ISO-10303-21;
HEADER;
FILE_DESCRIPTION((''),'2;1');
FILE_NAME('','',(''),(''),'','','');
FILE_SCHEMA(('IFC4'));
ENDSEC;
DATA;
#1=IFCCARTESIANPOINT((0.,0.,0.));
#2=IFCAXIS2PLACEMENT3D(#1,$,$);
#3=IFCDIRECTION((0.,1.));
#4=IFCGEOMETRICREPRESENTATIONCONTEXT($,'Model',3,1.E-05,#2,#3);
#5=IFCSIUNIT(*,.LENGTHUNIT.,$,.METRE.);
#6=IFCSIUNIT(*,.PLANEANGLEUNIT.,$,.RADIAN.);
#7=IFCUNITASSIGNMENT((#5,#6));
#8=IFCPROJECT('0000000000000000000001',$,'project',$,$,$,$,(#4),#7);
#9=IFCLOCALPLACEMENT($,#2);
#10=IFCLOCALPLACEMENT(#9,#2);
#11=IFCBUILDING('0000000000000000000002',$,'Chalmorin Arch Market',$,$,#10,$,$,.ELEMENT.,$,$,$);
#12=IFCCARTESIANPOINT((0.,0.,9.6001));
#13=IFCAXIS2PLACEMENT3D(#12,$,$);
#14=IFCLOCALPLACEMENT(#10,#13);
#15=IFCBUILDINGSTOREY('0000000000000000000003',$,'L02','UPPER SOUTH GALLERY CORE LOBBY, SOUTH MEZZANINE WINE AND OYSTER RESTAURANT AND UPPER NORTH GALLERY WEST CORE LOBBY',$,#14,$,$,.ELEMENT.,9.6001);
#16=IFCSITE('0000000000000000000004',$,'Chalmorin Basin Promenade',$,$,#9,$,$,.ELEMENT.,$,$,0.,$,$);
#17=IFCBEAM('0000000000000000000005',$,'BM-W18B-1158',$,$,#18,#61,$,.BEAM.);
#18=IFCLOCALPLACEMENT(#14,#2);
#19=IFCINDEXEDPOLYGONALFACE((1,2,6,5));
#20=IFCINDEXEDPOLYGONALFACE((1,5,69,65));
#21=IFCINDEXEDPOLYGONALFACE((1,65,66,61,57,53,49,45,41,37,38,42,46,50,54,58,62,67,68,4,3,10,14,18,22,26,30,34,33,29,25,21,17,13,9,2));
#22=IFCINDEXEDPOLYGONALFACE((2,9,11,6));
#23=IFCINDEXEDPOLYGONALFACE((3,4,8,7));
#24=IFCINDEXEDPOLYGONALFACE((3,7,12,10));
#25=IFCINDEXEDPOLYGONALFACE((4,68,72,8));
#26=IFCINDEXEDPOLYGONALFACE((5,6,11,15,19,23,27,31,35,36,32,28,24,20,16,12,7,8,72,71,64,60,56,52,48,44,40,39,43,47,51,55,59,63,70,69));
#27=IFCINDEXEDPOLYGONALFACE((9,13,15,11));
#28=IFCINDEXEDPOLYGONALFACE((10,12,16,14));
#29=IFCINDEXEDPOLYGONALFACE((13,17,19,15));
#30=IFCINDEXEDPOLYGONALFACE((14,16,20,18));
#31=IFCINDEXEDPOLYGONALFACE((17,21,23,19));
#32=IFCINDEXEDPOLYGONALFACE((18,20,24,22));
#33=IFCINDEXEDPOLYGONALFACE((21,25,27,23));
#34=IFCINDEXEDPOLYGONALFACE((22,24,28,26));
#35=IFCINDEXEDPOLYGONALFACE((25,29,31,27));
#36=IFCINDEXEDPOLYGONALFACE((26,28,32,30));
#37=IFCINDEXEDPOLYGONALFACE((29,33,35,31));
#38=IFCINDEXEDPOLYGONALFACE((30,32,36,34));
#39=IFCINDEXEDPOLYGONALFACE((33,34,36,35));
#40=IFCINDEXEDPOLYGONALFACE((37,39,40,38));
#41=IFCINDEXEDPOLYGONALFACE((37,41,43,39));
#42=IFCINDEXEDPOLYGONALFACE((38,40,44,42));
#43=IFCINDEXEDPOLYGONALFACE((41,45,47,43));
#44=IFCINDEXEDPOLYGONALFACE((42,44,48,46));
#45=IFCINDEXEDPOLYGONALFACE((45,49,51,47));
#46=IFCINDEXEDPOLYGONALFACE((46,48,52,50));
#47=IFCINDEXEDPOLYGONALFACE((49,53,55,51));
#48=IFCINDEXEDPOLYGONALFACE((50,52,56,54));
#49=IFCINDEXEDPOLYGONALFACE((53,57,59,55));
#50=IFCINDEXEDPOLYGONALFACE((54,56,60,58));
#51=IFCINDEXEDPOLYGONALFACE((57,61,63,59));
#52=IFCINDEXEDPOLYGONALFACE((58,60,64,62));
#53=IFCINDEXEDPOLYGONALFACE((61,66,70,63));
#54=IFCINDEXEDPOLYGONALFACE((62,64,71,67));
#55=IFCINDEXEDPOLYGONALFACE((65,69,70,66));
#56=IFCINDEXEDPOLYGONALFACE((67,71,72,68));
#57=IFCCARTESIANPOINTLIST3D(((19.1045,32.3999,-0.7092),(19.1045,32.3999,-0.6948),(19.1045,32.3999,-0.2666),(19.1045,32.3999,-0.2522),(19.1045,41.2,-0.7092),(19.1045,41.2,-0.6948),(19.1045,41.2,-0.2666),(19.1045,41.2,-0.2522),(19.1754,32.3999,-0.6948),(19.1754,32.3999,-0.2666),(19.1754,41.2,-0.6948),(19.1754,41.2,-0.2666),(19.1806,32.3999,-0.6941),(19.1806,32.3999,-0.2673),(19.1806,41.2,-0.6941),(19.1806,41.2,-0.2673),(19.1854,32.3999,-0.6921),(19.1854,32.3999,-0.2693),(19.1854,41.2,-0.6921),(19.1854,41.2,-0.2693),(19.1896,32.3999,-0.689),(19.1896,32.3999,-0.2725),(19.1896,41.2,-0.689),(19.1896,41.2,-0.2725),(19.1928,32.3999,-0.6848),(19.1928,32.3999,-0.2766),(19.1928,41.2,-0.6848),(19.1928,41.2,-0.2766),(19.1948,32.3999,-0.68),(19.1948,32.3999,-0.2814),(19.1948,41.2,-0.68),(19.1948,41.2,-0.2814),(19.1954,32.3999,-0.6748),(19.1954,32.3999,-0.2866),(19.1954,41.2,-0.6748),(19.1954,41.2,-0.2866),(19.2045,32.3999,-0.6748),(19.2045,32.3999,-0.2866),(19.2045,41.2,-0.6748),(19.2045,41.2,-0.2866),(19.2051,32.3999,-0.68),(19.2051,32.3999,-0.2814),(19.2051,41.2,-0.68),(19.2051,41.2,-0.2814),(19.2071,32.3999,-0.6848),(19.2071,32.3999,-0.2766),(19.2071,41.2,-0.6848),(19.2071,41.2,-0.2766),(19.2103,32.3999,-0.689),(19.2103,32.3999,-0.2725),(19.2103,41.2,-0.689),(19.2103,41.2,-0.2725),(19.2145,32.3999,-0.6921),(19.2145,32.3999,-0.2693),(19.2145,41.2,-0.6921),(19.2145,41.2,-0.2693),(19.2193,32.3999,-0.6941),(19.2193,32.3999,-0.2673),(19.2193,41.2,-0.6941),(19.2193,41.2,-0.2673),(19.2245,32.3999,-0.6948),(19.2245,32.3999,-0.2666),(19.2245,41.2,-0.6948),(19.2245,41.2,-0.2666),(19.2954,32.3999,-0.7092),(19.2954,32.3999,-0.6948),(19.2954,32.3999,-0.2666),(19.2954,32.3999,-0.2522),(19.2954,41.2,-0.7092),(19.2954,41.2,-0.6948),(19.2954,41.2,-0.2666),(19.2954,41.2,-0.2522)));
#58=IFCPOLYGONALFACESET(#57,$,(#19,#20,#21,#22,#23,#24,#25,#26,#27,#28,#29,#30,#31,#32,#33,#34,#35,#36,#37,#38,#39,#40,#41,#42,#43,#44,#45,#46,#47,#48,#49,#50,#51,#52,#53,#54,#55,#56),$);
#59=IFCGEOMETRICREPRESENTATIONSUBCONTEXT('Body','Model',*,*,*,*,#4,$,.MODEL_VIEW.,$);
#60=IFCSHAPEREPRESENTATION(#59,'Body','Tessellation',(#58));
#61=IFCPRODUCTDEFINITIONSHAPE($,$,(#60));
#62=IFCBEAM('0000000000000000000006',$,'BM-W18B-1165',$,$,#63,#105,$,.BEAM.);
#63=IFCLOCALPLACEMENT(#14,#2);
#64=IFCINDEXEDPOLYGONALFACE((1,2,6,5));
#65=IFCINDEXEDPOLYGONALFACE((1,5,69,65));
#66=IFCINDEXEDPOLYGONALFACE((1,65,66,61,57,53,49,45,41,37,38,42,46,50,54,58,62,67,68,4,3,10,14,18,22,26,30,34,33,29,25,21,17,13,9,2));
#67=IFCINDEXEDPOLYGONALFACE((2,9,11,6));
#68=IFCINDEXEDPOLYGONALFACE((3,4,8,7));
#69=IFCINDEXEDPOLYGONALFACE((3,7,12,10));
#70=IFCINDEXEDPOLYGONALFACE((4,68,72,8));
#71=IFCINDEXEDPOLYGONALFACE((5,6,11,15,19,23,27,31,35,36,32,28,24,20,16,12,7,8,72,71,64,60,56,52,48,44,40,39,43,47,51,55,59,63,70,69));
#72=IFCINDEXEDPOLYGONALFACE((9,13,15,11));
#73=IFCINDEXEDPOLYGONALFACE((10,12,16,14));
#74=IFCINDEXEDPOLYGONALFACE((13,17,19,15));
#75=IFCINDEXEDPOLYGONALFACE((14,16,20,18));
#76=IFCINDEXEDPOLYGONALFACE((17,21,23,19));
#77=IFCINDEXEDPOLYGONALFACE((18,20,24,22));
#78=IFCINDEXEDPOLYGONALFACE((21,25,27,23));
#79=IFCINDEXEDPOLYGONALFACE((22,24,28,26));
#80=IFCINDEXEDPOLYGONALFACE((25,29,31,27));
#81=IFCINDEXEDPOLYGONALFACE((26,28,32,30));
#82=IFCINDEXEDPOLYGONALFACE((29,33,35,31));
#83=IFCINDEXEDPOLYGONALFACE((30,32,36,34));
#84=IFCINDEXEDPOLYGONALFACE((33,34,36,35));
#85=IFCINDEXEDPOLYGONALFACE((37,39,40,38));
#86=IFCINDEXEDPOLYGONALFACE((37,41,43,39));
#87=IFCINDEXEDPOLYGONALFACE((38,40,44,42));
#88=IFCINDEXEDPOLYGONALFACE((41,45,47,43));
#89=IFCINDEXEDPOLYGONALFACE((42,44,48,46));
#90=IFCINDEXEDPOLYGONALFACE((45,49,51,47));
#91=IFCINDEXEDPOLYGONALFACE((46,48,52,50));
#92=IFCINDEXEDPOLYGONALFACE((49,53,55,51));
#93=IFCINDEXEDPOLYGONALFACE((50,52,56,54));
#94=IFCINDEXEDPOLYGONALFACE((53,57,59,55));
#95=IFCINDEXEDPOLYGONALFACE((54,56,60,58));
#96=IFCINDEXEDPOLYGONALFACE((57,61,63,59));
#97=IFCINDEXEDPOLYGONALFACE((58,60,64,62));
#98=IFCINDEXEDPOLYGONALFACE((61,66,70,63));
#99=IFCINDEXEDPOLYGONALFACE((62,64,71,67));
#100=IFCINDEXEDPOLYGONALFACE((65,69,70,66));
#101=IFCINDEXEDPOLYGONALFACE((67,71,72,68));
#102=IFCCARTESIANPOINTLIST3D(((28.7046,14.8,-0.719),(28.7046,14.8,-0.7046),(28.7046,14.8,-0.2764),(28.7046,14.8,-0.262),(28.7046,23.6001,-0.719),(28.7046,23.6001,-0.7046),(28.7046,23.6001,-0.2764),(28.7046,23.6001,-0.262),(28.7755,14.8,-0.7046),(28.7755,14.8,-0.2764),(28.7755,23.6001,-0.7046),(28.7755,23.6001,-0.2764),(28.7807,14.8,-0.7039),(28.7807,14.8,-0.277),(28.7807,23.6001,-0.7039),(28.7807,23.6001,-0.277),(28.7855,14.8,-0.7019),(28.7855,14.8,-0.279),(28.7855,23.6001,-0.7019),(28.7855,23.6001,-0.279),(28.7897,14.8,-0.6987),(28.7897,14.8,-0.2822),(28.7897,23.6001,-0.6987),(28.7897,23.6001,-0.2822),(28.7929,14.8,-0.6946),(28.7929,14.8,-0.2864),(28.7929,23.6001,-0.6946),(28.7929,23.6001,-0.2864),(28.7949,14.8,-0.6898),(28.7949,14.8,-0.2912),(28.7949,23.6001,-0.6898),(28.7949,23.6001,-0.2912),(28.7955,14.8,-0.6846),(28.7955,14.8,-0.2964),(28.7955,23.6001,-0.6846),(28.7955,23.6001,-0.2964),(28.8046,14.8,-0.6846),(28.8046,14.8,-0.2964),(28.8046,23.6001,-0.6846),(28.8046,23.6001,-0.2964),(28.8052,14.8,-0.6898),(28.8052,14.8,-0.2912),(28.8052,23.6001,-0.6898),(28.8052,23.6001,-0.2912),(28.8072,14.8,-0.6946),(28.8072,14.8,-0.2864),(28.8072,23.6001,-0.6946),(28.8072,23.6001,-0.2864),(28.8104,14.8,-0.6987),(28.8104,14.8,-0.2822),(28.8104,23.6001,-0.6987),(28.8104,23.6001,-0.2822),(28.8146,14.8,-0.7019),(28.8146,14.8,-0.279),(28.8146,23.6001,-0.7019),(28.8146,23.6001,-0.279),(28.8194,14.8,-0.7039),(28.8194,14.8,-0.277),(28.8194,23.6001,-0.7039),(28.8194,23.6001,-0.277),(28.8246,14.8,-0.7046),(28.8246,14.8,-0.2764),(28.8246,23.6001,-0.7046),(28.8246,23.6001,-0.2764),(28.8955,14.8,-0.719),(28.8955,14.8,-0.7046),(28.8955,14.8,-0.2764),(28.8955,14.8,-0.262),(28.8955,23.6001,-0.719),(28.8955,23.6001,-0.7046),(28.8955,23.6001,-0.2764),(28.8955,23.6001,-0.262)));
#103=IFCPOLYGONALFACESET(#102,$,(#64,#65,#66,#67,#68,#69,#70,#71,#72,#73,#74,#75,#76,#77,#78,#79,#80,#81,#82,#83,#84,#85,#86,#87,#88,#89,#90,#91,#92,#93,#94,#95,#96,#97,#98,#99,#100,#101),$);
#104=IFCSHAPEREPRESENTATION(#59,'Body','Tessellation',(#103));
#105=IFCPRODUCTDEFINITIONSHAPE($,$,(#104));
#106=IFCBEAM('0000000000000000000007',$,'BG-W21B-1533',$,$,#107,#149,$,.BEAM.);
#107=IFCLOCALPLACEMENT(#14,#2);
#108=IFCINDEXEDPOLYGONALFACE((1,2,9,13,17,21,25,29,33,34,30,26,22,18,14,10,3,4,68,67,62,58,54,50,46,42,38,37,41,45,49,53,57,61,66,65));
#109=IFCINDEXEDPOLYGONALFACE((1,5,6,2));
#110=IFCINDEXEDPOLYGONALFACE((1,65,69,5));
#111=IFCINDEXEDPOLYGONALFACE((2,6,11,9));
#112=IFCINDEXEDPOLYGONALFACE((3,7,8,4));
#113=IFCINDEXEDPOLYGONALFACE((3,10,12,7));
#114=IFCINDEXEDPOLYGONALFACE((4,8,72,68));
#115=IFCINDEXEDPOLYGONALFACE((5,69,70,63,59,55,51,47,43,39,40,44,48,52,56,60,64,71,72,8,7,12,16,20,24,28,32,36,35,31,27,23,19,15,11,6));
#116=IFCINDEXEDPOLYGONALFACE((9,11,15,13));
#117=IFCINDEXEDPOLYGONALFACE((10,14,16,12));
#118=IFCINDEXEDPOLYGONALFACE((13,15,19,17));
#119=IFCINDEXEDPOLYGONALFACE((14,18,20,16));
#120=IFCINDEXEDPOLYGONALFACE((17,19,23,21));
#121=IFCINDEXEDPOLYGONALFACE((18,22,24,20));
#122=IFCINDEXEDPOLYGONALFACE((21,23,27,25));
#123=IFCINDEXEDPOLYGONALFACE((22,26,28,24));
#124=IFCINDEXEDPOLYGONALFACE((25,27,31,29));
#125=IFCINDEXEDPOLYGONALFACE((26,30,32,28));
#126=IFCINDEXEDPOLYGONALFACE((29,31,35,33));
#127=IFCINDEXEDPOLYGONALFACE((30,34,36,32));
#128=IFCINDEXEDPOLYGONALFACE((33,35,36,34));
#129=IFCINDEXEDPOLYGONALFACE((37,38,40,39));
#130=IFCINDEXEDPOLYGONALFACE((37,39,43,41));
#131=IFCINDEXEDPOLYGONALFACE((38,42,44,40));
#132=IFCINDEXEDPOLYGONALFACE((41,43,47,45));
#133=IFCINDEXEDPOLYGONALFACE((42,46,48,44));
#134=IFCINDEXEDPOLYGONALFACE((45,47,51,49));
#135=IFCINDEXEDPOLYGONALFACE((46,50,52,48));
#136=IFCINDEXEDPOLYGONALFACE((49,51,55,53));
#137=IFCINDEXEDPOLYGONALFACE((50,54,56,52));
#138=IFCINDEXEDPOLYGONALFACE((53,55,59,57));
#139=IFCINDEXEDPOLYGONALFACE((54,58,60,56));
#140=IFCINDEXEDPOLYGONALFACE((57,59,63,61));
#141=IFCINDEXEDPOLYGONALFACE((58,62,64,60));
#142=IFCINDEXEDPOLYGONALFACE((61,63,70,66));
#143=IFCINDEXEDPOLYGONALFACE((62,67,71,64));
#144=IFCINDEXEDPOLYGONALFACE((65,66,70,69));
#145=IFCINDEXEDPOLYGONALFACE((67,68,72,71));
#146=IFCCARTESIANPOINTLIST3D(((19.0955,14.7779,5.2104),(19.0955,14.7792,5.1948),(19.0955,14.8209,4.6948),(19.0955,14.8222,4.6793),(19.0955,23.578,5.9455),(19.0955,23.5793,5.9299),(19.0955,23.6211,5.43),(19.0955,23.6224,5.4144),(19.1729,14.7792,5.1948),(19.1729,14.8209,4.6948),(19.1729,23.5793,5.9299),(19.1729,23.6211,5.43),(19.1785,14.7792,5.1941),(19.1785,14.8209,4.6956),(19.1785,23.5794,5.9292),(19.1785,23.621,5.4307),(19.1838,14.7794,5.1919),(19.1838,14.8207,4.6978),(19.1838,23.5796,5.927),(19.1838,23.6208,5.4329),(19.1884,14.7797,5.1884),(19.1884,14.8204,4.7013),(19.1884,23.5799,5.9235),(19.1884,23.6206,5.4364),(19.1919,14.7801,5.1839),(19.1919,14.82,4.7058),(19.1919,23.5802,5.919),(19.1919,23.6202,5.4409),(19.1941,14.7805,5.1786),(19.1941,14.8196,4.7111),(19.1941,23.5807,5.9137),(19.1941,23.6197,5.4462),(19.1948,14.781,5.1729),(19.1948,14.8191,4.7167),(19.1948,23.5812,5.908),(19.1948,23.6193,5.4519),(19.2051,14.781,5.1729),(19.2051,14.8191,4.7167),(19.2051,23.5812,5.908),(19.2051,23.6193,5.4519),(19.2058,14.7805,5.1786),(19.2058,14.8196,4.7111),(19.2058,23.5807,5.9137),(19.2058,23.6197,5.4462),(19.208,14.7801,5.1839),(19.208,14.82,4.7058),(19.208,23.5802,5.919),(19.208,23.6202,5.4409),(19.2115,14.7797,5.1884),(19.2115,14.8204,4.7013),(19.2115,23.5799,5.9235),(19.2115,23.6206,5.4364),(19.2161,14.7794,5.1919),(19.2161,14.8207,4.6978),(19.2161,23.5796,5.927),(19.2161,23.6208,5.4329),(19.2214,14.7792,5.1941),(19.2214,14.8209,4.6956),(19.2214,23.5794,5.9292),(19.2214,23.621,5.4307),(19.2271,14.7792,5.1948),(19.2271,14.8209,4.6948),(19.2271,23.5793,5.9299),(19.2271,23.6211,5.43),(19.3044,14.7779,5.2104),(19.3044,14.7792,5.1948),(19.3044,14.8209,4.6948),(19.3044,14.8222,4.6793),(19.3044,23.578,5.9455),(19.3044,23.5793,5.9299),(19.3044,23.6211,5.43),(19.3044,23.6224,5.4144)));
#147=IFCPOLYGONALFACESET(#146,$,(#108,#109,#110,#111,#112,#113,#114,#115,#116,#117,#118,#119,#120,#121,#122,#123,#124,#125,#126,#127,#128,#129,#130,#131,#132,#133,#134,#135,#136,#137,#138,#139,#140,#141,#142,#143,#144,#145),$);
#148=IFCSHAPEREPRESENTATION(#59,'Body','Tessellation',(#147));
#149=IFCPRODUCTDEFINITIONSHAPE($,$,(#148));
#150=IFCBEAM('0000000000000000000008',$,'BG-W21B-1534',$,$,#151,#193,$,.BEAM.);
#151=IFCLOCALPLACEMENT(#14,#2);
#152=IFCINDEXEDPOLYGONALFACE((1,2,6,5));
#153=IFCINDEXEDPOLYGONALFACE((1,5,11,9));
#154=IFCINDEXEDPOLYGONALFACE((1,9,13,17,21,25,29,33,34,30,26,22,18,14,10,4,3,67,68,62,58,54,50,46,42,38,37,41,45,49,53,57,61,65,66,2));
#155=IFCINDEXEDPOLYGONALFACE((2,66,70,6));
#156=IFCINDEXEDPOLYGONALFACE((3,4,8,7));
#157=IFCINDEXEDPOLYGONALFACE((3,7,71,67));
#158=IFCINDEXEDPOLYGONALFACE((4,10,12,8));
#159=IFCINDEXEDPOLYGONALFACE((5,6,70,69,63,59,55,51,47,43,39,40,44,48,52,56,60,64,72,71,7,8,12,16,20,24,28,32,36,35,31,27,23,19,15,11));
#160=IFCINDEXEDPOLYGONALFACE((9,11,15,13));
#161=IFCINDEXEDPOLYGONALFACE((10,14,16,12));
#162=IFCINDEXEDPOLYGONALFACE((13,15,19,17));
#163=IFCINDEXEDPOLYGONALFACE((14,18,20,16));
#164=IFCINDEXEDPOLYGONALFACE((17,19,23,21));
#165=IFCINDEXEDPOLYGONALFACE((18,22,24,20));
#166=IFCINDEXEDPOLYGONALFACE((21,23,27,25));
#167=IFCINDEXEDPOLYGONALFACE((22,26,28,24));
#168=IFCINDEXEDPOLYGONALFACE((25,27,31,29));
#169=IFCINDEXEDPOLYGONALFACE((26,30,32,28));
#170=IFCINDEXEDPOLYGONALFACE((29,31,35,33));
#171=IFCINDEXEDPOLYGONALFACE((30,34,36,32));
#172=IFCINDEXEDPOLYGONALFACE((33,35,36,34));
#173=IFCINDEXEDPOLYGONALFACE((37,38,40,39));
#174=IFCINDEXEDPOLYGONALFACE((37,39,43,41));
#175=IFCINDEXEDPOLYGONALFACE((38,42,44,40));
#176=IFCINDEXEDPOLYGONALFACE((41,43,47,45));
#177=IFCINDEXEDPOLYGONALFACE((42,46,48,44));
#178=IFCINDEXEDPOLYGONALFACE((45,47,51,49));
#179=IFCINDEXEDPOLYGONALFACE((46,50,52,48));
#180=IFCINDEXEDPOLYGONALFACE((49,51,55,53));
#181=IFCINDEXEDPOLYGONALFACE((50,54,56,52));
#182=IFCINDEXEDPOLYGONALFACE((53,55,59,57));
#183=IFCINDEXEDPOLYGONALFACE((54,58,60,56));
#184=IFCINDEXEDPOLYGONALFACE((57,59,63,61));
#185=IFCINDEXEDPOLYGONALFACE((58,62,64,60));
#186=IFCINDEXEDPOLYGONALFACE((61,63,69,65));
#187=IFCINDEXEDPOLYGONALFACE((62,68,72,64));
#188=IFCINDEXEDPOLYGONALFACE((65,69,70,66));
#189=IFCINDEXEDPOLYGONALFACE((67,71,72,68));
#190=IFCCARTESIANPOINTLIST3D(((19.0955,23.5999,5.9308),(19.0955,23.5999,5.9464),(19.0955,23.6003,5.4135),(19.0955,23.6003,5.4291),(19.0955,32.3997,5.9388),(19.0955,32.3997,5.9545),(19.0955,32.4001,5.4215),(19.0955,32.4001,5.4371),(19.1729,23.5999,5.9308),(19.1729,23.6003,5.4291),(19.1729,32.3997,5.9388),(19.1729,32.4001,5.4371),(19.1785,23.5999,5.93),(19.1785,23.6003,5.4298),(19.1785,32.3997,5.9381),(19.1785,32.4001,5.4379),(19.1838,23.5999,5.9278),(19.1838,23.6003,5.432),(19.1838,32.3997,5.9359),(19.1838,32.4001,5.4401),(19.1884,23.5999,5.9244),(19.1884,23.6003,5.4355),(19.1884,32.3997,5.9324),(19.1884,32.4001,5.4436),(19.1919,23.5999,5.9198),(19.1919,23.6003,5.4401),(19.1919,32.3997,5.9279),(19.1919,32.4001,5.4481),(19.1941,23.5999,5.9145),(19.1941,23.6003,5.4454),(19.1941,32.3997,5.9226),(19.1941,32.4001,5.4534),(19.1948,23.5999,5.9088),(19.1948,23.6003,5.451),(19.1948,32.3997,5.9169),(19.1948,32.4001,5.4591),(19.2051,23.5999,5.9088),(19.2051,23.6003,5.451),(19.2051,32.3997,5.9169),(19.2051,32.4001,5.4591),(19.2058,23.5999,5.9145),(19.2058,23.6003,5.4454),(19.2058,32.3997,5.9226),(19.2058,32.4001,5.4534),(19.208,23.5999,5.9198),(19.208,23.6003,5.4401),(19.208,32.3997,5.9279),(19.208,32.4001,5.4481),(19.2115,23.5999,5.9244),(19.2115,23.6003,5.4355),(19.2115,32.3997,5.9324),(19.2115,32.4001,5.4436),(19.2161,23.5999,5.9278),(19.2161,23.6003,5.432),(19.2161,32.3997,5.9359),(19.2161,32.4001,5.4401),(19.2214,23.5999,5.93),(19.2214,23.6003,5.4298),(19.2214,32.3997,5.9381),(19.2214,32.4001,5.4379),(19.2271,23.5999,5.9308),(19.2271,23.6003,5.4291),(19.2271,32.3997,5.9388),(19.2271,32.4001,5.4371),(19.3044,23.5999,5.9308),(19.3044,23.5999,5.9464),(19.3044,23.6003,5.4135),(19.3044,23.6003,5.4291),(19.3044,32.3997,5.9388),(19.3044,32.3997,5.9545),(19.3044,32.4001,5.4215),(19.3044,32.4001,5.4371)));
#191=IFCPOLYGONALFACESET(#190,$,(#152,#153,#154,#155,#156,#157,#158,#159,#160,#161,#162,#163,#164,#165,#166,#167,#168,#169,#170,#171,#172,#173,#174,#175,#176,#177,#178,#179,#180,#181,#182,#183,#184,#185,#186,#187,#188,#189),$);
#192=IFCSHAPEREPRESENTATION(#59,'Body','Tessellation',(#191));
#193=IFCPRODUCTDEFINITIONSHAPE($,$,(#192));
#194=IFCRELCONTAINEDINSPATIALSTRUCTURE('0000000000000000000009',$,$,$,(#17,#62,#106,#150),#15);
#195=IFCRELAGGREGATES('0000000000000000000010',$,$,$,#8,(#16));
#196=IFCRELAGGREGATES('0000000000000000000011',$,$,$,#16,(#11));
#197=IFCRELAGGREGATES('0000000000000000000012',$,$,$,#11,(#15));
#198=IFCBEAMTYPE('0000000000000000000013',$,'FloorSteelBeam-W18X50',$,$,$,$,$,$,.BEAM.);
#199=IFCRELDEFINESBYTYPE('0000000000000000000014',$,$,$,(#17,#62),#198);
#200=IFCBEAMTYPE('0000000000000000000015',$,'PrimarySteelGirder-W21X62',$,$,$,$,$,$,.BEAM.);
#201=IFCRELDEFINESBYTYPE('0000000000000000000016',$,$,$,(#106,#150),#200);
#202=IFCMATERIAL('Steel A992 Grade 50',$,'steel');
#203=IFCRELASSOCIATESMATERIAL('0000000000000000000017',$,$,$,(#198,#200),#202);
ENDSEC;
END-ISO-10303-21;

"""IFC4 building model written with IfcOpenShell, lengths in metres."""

from ifc_helpers import new_model, si_unit, direction, frame, origin, origin_2d, place, context, subcontext, project, spatial, i_section, extrude, material, material_profile, profile_set, type_object, element, save


model = new_model("IFC4")

# Units and contexts
model_context = context("Model", 3, precision=1e-05, world=origin(), true_north=direction((0.0, 1.0)))
body_context = subcontext(model_context, "Body", "Model", "MODEL_VIEW")
ifc_project = project(units=[si_unit("LENGTHUNIT", "METRE"), si_unit("PLANEANGLEUNIT", "RADIAN")], contexts=[model_context])

# Site, building, storey
site_placement = place(None, origin())
site = spatial("IfcSite", under=ifc_project, at=site_placement, Name="Chalmorin Basin Promenade", CompositionType="ELEMENT", RefElevation=0.0)
building_placement = place(site_placement, origin())
building = spatial("IfcBuilding", under=site, at=building_placement, Name="Chalmorin Arch Market", CompositionType="ELEMENT")
storey_placement = place(building_placement, frame((0.0, 0.0, 9.6001)))
storey = spatial("IfcBuildingStorey", under=building, at=storey_placement, Name="L02", Description="UPPER SOUTH GALLERY CORE LOBBY, SOUTH MEZZANINE WINE AND OYSTER RESTAURANT AND UPPER NORTH GALLERY WEST CORE LOBBY", CompositionType="ELEMENT", Elevation=9.6001)

# Shared definitions
ifc_material_1 = material(Name="Steel A992 Grade 50", Category="steel")

# Beams
ifc_material_profile_1 = material_profile(ifc_material_1, i_section(OverallWidth=0.1909, OverallDepth=0.457, WebThickness=0.009, FlangeThickness=0.0144, FilletRadius=0.02, at=origin_2d()), Name="W18X50")
ifc_profile_set_1 = profile_set([ifc_material_profile_1], Name="Steel A992 Grade 50")
beam_type_1 = type_object("IfcBeamType", Name="FloorSteelBeam-W18X50", PredefinedType="BEAM", material=ifc_profile_set_1)
for number, where, z_axis, x_axis, name in (
    (1, (19.2, 32.3999, -0.4807), (0.0, 1.0, 0.0), (-1.0, 0.0, 0.0), "BM-W18B-1158"),
    (2, (28.8, 14.8, -0.4905), (0.0, 1.0, 0.0), (-1.0, 0.0, 0.0), "BM-W18B-1165"),
):
    element("IfcBeam", number, at=place(storey_placement, frame(where, z_axis=z_axis, x_axis=x_axis)), inside=storey, type_object=beam_type_1, Name=name, PredefinedType="BEAM", context=body_context, shape_type="SweptSolid", body=[
        extrude(i_section(OverallWidth=0.1909, OverallDepth=0.457, WebThickness=0.009, FlangeThickness=0.0144, FilletRadius=0.02, at=origin_2d()), origin(), (0.0, 0.0, 1.0), 8.8),
    ])
ifc_material_profile_2 = material_profile(ifc_material_1, i_section(OverallWidth=0.209, OverallDepth=0.533, WebThickness=0.0103, FlangeThickness=0.0156, FilletRadius=0.022, at=origin_2d()), Name="W21X62")
ifc_profile_set_2 = profile_set([ifc_material_profile_2], Name="Steel A992 Grade 50")
beam_type_2 = type_object("IfcBeamType", Name="PrimarySteelGirder-W21X62", PredefinedType="BEAM", material=ifc_profile_set_2)
beam_1_placement = place(storey_placement, frame((19.2, 14.8, 4.9448), z_axis=(0.0, 0.996529, 0.083245), x_axis=(-1.0, 0.0, 0.0)))
element("IfcBeam", 3, at=beam_1_placement, inside=storey, type_object=beam_type_2, Name="BG-W21B-1533", PredefinedType="BEAM", context=body_context, shape_type="SweptSolid", body=[
    extrude(i_section(OverallWidth=0.209, OverallDepth=0.533, WebThickness=0.0103, FlangeThickness=0.0156, FilletRadius=0.022, at=origin_2d()), origin(), (0.0, 0.0, 1.0), 8.8308),
])
beam_2_placement = place(storey_placement, frame((19.2, 23.6001, 5.6799), z_axis=(0.0, 1.0, 0.000916), x_axis=(-1.0, 0.0, 0.0)))
element("IfcBeam", 4, at=beam_2_placement, inside=storey, type_object=beam_type_2, Name="BG-W21B-1534", PredefinedType="BEAM", context=body_context, shape_type="SweptSolid", body=[
    extrude(i_section(OverallWidth=0.209, OverallDepth=0.533, WebThickness=0.0103, FlangeThickness=0.0156, FilletRadius=0.022, at=origin_2d()), origin(), (0.0, 0.0, 1.0), 8.7998),
])

save(model, "model.ifc")
